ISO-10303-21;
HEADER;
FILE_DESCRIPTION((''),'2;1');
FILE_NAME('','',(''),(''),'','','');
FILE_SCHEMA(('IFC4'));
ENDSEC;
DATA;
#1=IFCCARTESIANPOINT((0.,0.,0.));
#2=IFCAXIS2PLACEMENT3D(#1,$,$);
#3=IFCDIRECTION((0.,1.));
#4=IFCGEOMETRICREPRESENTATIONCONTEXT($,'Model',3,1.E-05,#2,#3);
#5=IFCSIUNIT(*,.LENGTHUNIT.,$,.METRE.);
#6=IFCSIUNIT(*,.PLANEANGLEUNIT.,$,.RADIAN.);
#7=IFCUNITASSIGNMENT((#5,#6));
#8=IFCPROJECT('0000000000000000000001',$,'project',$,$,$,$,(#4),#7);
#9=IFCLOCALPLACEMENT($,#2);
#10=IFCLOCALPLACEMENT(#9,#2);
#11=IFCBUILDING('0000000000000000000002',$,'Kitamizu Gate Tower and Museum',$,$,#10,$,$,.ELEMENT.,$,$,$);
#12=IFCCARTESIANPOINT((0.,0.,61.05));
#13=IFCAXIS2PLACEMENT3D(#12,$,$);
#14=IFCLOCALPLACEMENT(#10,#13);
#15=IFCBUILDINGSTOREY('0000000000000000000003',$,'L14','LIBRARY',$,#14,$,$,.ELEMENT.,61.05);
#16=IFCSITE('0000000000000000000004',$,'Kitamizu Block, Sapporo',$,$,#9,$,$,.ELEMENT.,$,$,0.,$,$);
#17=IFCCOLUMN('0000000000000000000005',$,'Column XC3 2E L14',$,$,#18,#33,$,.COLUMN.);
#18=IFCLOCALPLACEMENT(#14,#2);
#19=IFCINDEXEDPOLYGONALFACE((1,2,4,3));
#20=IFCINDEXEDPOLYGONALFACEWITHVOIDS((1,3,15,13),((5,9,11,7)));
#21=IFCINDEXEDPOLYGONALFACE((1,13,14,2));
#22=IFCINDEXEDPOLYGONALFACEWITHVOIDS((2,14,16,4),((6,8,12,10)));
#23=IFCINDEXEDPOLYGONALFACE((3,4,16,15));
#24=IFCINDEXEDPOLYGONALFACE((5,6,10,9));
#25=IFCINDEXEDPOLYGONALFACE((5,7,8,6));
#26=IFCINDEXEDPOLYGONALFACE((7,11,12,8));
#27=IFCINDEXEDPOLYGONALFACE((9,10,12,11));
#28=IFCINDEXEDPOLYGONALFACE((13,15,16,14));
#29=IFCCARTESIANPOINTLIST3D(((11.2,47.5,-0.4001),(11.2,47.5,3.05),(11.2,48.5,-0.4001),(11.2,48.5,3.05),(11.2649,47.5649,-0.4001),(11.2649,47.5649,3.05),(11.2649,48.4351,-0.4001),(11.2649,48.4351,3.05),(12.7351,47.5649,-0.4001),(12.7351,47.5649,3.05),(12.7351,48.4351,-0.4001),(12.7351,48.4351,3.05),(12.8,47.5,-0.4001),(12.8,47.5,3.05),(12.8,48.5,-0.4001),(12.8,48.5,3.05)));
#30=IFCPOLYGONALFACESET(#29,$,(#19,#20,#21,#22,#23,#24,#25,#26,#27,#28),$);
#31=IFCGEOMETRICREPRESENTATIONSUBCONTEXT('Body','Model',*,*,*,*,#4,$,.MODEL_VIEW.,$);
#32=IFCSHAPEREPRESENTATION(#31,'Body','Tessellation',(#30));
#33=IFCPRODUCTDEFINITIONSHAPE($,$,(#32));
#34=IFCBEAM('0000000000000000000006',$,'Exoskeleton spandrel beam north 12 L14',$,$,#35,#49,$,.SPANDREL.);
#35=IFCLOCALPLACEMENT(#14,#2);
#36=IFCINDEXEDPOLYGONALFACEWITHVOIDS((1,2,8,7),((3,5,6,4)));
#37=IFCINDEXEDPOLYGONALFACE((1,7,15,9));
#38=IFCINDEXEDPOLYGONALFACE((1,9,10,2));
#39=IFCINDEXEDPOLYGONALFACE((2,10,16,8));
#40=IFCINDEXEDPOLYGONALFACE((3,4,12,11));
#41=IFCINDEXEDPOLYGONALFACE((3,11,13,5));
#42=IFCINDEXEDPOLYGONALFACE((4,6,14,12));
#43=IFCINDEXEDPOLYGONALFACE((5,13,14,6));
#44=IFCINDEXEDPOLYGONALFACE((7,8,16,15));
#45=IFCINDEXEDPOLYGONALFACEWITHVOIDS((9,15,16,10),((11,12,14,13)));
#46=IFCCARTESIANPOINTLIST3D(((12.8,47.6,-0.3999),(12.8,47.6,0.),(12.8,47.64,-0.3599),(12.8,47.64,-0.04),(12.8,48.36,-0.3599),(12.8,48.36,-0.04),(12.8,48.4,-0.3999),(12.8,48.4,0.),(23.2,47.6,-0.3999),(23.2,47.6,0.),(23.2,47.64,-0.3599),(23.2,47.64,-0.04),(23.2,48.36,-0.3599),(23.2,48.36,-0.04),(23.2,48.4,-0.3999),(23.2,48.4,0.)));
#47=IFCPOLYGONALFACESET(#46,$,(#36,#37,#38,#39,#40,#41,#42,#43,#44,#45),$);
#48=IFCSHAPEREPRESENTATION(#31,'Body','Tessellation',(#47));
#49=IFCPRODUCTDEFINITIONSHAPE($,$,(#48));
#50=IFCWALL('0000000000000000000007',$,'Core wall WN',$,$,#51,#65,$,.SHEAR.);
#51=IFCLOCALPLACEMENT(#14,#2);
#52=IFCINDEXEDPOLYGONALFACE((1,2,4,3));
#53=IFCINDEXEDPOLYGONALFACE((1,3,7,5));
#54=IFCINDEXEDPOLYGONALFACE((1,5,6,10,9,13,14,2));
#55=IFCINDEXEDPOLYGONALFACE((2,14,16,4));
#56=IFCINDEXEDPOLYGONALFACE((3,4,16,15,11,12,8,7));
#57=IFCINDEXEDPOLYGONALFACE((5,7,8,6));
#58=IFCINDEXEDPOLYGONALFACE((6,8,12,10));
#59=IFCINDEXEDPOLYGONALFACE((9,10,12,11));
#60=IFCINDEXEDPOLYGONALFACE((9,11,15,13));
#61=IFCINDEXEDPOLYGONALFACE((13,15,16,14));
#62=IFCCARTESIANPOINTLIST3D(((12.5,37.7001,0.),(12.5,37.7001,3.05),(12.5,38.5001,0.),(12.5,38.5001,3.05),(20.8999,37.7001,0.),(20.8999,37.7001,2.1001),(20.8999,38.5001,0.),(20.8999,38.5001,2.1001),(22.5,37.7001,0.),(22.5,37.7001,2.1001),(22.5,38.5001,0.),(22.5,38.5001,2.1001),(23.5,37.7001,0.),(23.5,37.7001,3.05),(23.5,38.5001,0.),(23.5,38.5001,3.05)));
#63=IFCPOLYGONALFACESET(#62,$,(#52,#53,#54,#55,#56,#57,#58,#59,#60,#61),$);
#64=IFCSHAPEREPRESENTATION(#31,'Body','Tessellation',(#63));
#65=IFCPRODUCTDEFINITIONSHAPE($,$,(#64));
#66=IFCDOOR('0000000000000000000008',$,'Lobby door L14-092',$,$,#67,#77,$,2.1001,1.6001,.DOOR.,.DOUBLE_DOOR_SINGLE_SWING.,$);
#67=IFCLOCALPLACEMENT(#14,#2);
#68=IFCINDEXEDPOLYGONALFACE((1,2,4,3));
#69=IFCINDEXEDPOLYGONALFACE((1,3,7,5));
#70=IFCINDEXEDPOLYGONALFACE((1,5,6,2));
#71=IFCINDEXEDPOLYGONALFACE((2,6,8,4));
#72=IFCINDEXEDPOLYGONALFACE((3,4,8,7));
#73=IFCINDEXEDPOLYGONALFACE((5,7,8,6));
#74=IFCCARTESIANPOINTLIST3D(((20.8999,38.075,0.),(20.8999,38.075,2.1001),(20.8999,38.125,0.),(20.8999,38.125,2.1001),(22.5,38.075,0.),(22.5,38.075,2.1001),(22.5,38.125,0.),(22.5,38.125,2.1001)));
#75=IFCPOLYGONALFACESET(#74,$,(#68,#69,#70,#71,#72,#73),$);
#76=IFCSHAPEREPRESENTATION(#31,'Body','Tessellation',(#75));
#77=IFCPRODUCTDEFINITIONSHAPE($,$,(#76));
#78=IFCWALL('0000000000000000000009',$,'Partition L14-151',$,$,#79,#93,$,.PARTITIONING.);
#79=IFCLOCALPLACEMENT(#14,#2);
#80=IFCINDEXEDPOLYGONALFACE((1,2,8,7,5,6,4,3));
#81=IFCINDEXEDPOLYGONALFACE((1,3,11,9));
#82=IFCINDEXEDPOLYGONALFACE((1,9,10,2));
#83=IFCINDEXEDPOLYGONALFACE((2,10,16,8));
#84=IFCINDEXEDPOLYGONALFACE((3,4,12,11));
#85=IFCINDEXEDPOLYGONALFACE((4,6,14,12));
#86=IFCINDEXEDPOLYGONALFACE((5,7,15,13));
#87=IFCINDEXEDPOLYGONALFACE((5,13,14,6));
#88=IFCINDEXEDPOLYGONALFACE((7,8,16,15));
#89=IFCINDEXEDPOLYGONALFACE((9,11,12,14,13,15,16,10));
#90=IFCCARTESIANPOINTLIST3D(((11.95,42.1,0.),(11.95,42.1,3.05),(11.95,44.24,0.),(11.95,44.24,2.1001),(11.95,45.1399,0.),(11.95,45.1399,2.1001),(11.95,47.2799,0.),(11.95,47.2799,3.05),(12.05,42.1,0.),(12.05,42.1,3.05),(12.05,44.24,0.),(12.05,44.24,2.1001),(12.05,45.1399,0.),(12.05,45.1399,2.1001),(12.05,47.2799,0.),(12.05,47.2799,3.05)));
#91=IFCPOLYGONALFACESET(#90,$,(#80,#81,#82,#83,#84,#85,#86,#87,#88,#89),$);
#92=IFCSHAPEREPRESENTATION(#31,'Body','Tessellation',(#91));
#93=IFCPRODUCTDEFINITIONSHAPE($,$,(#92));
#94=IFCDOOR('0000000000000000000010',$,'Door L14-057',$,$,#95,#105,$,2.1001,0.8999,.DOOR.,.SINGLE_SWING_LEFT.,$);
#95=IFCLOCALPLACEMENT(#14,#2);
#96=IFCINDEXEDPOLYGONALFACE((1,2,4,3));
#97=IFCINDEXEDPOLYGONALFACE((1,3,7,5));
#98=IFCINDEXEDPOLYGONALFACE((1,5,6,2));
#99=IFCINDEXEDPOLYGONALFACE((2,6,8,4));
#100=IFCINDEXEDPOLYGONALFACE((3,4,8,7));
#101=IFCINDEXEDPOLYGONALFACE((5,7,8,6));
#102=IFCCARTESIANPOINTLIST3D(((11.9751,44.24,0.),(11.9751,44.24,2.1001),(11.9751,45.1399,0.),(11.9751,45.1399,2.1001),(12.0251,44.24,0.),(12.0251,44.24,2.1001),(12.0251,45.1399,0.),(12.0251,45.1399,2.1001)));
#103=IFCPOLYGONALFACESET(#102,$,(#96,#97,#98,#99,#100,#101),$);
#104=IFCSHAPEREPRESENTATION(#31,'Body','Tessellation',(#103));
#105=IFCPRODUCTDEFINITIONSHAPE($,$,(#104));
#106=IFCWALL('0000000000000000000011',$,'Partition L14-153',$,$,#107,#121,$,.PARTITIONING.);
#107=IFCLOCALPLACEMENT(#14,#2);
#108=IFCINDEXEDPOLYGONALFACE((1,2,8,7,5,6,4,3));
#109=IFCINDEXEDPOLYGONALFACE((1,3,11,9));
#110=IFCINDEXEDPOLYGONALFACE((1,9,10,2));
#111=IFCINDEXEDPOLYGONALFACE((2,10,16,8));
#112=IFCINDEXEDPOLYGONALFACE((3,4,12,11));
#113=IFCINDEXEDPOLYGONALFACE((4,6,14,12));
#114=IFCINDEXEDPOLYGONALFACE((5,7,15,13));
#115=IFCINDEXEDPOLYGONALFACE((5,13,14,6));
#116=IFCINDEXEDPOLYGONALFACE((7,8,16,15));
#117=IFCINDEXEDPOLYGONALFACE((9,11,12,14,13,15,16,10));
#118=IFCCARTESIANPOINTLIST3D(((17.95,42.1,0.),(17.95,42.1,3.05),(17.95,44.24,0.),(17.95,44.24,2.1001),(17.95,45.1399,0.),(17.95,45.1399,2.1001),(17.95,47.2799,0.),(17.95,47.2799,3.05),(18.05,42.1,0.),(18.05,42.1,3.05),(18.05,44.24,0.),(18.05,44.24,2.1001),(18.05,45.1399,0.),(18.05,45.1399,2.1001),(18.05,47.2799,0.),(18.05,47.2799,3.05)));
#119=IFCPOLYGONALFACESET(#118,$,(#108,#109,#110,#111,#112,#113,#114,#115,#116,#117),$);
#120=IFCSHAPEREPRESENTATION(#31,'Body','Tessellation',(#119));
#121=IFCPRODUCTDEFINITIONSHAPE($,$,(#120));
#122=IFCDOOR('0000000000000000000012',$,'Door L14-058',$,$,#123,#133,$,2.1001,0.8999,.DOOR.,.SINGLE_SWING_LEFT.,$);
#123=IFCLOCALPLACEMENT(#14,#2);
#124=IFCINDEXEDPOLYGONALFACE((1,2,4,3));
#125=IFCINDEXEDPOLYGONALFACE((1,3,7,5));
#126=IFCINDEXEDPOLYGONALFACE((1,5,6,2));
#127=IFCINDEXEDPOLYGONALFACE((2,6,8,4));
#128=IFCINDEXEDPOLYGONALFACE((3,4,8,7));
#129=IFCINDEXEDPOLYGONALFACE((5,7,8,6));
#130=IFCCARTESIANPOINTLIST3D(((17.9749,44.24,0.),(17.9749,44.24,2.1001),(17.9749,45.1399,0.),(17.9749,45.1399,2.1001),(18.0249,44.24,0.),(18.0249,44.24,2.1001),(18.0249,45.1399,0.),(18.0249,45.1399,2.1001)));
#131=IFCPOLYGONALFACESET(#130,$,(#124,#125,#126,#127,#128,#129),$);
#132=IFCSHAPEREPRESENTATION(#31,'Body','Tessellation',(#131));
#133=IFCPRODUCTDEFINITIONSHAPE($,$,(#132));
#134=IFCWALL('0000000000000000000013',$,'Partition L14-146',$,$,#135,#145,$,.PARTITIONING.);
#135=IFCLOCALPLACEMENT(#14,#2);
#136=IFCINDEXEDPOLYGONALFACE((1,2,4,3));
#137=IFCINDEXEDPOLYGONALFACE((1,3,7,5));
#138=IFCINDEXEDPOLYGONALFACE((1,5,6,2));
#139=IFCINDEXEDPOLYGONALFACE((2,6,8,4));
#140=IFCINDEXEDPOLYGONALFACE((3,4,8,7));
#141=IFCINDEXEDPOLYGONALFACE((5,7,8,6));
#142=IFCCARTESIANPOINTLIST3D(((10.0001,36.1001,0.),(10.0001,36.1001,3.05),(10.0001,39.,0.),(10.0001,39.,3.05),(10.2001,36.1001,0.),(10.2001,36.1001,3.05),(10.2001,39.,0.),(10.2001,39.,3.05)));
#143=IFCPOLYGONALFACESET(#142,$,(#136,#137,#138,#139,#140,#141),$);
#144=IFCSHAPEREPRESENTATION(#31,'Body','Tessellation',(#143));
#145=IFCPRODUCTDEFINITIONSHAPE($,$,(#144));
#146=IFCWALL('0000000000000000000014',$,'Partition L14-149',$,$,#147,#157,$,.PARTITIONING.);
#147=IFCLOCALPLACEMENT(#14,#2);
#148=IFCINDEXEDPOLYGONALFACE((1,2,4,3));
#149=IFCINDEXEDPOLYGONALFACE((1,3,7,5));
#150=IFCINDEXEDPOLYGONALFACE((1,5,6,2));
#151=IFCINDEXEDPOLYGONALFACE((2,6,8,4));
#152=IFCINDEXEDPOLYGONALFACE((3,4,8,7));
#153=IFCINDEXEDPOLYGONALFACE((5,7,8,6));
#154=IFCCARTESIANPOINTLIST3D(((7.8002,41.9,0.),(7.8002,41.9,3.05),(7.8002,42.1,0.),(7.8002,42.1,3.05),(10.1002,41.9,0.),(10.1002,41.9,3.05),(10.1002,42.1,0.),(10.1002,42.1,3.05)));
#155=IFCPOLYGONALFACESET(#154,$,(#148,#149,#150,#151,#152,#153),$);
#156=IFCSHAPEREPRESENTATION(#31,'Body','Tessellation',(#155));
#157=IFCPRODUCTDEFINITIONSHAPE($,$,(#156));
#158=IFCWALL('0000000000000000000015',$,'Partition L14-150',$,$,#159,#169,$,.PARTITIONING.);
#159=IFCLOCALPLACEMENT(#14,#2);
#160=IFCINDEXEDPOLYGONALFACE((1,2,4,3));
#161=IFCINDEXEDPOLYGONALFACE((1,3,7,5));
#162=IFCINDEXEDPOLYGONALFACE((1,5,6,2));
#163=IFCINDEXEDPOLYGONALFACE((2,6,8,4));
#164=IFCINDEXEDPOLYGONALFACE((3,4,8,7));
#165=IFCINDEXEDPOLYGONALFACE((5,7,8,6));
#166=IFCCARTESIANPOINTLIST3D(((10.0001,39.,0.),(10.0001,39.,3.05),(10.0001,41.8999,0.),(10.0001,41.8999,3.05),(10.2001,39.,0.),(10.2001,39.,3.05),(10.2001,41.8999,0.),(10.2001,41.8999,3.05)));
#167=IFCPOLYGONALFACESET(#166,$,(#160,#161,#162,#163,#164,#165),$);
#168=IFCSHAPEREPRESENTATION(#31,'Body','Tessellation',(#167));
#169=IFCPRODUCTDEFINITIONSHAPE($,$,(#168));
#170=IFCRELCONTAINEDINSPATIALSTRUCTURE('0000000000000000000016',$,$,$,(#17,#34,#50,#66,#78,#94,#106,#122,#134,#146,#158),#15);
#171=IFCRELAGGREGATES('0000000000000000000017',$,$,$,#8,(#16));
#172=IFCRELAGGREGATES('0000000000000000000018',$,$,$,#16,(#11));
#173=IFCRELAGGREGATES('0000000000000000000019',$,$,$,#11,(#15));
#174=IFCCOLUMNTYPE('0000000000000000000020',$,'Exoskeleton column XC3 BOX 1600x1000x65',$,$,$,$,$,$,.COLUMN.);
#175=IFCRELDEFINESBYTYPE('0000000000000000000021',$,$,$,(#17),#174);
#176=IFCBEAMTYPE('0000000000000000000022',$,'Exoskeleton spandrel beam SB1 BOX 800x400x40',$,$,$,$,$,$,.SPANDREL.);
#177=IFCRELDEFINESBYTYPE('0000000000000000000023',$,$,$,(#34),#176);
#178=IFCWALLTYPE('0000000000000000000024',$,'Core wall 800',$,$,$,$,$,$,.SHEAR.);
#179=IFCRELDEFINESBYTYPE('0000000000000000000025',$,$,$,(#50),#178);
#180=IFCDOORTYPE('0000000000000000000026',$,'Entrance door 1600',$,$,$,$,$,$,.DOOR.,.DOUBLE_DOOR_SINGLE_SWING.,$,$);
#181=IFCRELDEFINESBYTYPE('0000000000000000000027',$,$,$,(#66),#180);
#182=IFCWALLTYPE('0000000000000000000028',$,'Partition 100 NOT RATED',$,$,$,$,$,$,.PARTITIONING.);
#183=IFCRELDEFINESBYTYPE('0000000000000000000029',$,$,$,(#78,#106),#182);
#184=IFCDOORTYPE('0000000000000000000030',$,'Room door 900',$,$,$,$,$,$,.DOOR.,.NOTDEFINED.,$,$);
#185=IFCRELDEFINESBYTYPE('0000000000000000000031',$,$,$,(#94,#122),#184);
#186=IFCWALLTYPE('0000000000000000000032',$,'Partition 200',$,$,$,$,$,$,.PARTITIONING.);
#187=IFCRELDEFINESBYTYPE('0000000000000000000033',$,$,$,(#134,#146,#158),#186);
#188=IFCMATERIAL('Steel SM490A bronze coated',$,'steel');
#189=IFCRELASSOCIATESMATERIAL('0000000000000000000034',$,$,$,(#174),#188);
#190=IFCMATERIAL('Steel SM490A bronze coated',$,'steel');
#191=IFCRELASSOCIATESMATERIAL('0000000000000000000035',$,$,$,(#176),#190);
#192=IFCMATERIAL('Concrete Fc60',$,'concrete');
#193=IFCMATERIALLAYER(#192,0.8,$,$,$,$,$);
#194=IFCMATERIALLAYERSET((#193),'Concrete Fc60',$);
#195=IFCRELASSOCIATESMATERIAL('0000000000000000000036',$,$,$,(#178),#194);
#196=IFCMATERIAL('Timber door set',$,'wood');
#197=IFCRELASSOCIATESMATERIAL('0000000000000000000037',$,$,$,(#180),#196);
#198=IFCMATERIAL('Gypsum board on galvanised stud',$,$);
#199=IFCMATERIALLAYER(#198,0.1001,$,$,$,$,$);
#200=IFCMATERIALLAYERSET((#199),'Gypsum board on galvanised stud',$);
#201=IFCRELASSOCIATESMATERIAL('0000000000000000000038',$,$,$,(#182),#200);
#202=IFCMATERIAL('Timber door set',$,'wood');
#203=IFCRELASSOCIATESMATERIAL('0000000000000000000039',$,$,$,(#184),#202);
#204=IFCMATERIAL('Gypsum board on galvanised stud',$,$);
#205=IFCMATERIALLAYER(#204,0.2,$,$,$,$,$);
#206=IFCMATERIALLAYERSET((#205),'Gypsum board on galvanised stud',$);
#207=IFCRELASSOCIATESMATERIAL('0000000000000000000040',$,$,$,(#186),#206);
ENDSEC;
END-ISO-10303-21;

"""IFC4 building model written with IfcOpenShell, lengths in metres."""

from ifc_helpers import new_model, si_unit, direction, frame, frame_2d, origin, origin_2d, place, context, subcontext, project, spatial, rectangle, hollow_rectangle, extrude, material, layer, layer_set, material_profile, profile_set, type_object, element, fill, save


model = new_model("IFC4")

# Units and contexts
model_context = context("Model", 3, precision=1e-05, world=origin(), true_north=direction((0.0, 1.0)))
body_context = subcontext(model_context, "Body", "Model", "MODEL_VIEW")
ifc_project = project(units=[si_unit("LENGTHUNIT", "METRE"), si_unit("PLANEANGLEUNIT", "RADIAN")], contexts=[model_context])

# Site, building, storey
site_placement = place(None, origin())
site = spatial("IfcSite", under=ifc_project, at=site_placement, Name="Kitamizu Block, Sapporo", CompositionType="ELEMENT", RefElevation=0.0)
building_placement = place(site_placement, origin())
building = spatial("IfcBuilding", under=site, at=building_placement, Name="Kitamizu Gate Tower and Museum", CompositionType="ELEMENT")
storey_placement = place(building_placement, frame((0.0, 0.0, 61.05)))
storey = spatial("IfcBuildingStorey", under=building, at=storey_placement, Name="L14", Description="LIBRARY", CompositionType="ELEMENT", Elevation=61.05)

# Column
ifc_material_1 = material(Name="Steel SM490A bronze coated", Category="steel")
ifc_material_profile_1 = material_profile(ifc_material_1, hollow_rectangle(XDim=1.6001, YDim=1.0, WallThickness=0.0649, at=origin_2d()), Name="BOX 1600x1000x65")
ifc_profile_set_1 = profile_set([ifc_material_profile_1], Name="Steel SM490A bronze coated")
column_type = type_object("IfcColumnType", Name="Exoskeleton column XC3 BOX 1600x1000x65", PredefinedType="COLUMN", material=ifc_profile_set_1)
column_placement = place(storey_placement, frame((12.0, 48.0, -0.4001), z_axis=(0.0, 0.0, 1.0), x_axis=(1.0, 0.0, 0.0)))
element("IfcColumn", 1, at=column_placement, inside=storey, type_object=column_type, Name="Column XC3 2E L14", PredefinedType="COLUMN", context=body_context, shape_type="SweptSolid", body=[
    extrude(hollow_rectangle(XDim=1.6001, YDim=1.0, WallThickness=0.0649, at=origin_2d()), origin(), (0.0, 0.0, 1.0), 3.4502),
])

# Beam
ifc_material_2 = material(Name="Steel SM490A bronze coated", Category="steel")
ifc_material_profile_2 = material_profile(ifc_material_2, hollow_rectangle(XDim=0.8, YDim=0.3999, WallThickness=0.04, at=origin_2d()), Name="BOX 800x400x40")
ifc_profile_set_2 = profile_set([ifc_material_profile_2], Name="Steel SM490A bronze coated")
beam_type = type_object("IfcBeamType", Name="Exoskeleton spandrel beam SB1 BOX 800x400x40", PredefinedType="SPANDREL", material=ifc_profile_set_2)
beam_placement = place(storey_placement, frame((12.8, 48.0, -0.2), z_axis=(1.0, 0.0, 0.0), x_axis=(0.0, 1.0, 0.0)))
element("IfcBeam", 2, at=beam_placement, inside=storey, type_object=beam_type, Name="Exoskeleton spandrel beam north 12 L14", PredefinedType="SPANDREL", context=body_context, shape_type="SweptSolid", body=[
    extrude(hollow_rectangle(XDim=0.8, YDim=0.3999, WallThickness=0.04, at=origin_2d()), origin(), (0.0, 0.0, 1.0), 10.3999),
])

# Walls, openings, doors
ifc_material_3 = material(Name="Concrete Fc60", Category="concrete")
ifc_layer_1 = layer(ifc_material_3, 0.8)
ifc_layer_set_1 = layer_set([ifc_layer_1], Name="Concrete Fc60")
wall_type_1 = type_object("IfcWallType", Name="Core wall 800", PredefinedType="SHEAR", material=ifc_layer_set_1)
wall_1_placement = place(storey_placement, frame((12.5, 38.1001, 0.0), z_axis=(0.0, 0.0, 1.0), x_axis=(1.0, 0.0, 0.0)))
wall_1 = element("IfcWall", 3, at=wall_1_placement, inside=storey, type_object=wall_type_1, Name="Core wall WN", PredefinedType="SHEAR", context=body_context, shape_type="SweptSolid", body=[
    extrude(rectangle(XDim=11.0, YDim=0.8, at=frame_2d((5.5, 0.0))), origin(), (0.0, 0.0, 1.0), 3.05),
])
opening_1_placement = place(wall_1_placement, frame((8.3999, 0.0, 0.0)))
opening_1 = element("IfcOpeningElement", 4, at=opening_1_placement, cuts=wall_1, PredefinedType="OPENING", context=body_context, shape_type="SweptSolid", body=[
    extrude(rectangle(XDim=1.6001, YDim=2.1001, at=frame_2d((0.8, 1.05))), frame((0.0, 0.4102, 0.0), z_axis=(0.0, -1.0, 0.0), x_axis=(1.0, 0.0, 0.0)), (0.0, 0.0, 1.0), 0.8201),
])
ifc_material_4 = material(Name="Timber door set", Category="wood")
door_type_1 = type_object("IfcDoorType", Name="Entrance door 1600", OperationType="DOUBLE_DOOR_SINGLE_SWING", PredefinedType="DOOR", material=ifc_material_4)
door_1_placement = place(opening_1_placement, origin())
door_1 = element("IfcDoor", 5, at=door_1_placement, inside=storey, type_object=door_type_1, Name="Lobby door L14-092", OperationType="DOUBLE_DOOR_SINGLE_SWING", OverallHeight=2.1001, OverallWidth=1.6001, PredefinedType="DOOR", context=body_context, shape_type="SweptSolid", body=[
    extrude(rectangle(XDim=1.6001, YDim=2.1001, at=frame_2d((0.8, 1.05))), frame((0.0, 0.0249, 0.0), z_axis=(0.0, -1.0, 0.0), x_axis=(1.0, 0.0, 0.0)), (0.0, 0.0, 1.0), 0.05),
])
fill(opening_1, door_1)
ifc_material_5 = material(Name="Gypsum board on galvanised stud")
ifc_layer_2 = layer(ifc_material_5, 0.1001)
ifc_layer_set_2 = layer_set([ifc_layer_2], Name="Gypsum board on galvanised stud")
wall_type_2 = type_object("IfcWallType", Name="Partition 100 NOT RATED", PredefinedType="PARTITIONING", material=ifc_layer_set_2)
wall_2_placement = place(storey_placement, frame((12.0, 42.1001, 0.0), z_axis=(0.0, 0.0, 1.0), x_axis=(0.0, 1.0, 0.0)))
wall_2 = element("IfcWall", 6, at=wall_2_placement, inside=storey, type_object=wall_type_2, Name="Partition L14-151", PredefinedType="PARTITIONING", context=body_context, shape_type="SweptSolid", body=[
    extrude(rectangle(XDim=5.1799, YDim=0.1001, at=frame_2d((2.5898, 0.0))), origin(), (0.0, 0.0, 1.0), 3.05),
])
opening_2_placement = place(wall_2_placement, frame((2.1399, 0.0, 0.0)))
opening_2 = element("IfcOpeningElement", 7, at=opening_2_placement, cuts=wall_2, PredefinedType="OPENING", context=body_context, shape_type="SweptSolid", body=[
    extrude(rectangle(XDim=0.8999, YDim=2.1001, at=frame_2d((0.45, 1.05))), frame((0.0, 0.0601, 0.0), z_axis=(0.0, -1.0, 0.0), x_axis=(1.0, 0.0, 0.0)), (0.0, 0.0, 1.0), 0.1201),
])
ifc_material_6 = material(Name="Timber door set", Category="wood")
door_type_2 = type_object("IfcDoorType", Name="Room door 900", OperationType="NOTDEFINED", PredefinedType="DOOR", material=ifc_material_6)
door_2_placement = place(opening_2_placement, origin())
door_2 = element("IfcDoor", 8, at=door_2_placement, inside=storey, type_object=door_type_2, Name="Door L14-057", OperationType="SINGLE_SWING_LEFT", OverallHeight=2.1001, OverallWidth=0.8999, PredefinedType="DOOR", context=body_context, shape_type="SweptSolid", body=[
    extrude(rectangle(XDim=0.8999, YDim=2.1001, at=frame_2d((0.45, 1.05))), frame((0.0, 0.0249, 0.0), z_axis=(0.0, -1.0, 0.0), x_axis=(1.0, 0.0, 0.0)), (0.0, 0.0, 1.0), 0.05),
])
fill(opening_2, door_2)
wall_3_placement = place(storey_placement, frame((18.0, 42.1001, 0.0), z_axis=(0.0, 0.0, 1.0), x_axis=(0.0, 1.0, 0.0)))
wall_3 = element("IfcWall", 9, at=wall_3_placement, inside=storey, type_object=wall_type_2, Name="Partition L14-153", PredefinedType="PARTITIONING", context=body_context, shape_type="SweptSolid", body=[
    extrude(rectangle(XDim=5.1799, YDim=0.1001, at=frame_2d((2.5898, 0.0))), origin(), (0.0, 0.0, 1.0), 3.05),
])
opening_3_placement = place(wall_3_placement, frame((2.1399, 0.0, 0.0)))
opening_3 = element("IfcOpeningElement", 10, at=opening_3_placement, cuts=wall_3, PredefinedType="OPENING", context=body_context, shape_type="SweptSolid", body=[
    extrude(rectangle(XDim=0.8999, YDim=2.1001, at=frame_2d((0.45, 1.05))), frame((0.0, 0.0601, 0.0), z_axis=(0.0, -1.0, 0.0), x_axis=(1.0, 0.0, 0.0)), (0.0, 0.0, 1.0), 0.1201),
])
door_3_placement = place(opening_3_placement, frame((0.8999, 0.0, 0.0), x_axis=(-1.0, 0.0, 0.0)))
door_3 = element("IfcDoor", 11, at=door_3_placement, inside=storey, type_object=door_type_2, Name="Door L14-058", OperationType="SINGLE_SWING_LEFT", OverallHeight=2.1001, OverallWidth=0.8999, PredefinedType="DOOR", context=body_context, shape_type="SweptSolid", body=[
    extrude(rectangle(XDim=0.8999, YDim=2.1001, at=frame_2d((0.45, 1.05))), frame((0.0, 0.0249, 0.0), z_axis=(0.0, -1.0, 0.0), x_axis=(1.0, 0.0, 0.0)), (0.0, 0.0, 1.0), 0.05),
])
fill(opening_3, door_3)

# Walls
ifc_material_7 = material(Name="Gypsum board on galvanised stud")
ifc_layer_3 = layer(ifc_material_7, 0.2)
ifc_layer_set_3 = layer_set([ifc_layer_3], Name="Gypsum board on galvanised stud")
wall_type_3 = type_object("IfcWallType", Name="Partition 200", PredefinedType="PARTITIONING", material=ifc_layer_set_3)
wall_4_placement = place(storey_placement, frame((10.1001, 36.1001, 0.0), z_axis=(0.0, 0.0, 1.0), x_axis=(0.0, 1.0, 0.0)))
element("IfcWall", 12, at=wall_4_placement, inside=storey, type_object=wall_type_3, Name="Partition L14-146", PredefinedType="PARTITIONING", context=body_context, shape_type="SweptSolid", body=[
    extrude(rectangle(XDim=2.8999, YDim=0.2, at=frame_2d((1.45, 0.0))), origin(), (0.0, 0.0, 1.0), 3.05),
])
wall_5_placement = place(storey_placement, frame((10.1001, 42.0, 0.0), z_axis=(0.0, 0.0, 1.0), x_axis=(-1.0, 0.0, 0.0)))
element("IfcWall", 13, at=wall_5_placement, inside=storey, type_object=wall_type_3, Name="Partition L14-149", PredefinedType="PARTITIONING", context=body_context, shape_type="SweptSolid", body=[
    extrude(rectangle(XDim=2.3, YDim=0.2, at=frame_2d((1.1499, 0.0))), origin(), (0.0, 0.0, 1.0), 3.05),
])
wall_6_placement = place(storey_placement, frame((10.1001, 39.0, 0.0), z_axis=(0.0, 0.0, 1.0), x_axis=(0.0, 1.0, 0.0)))
element("IfcWall", 14, at=wall_6_placement, inside=storey, type_object=wall_type_3, Name="Partition L14-150", PredefinedType="PARTITIONING", context=body_context, shape_type="SweptSolid", body=[
    extrude(rectangle(XDim=2.8999, YDim=0.2, at=frame_2d((1.45, 0.0))), origin(), (0.0, 0.0, 1.0), 3.05),
])

save(model, "model.ifc")
